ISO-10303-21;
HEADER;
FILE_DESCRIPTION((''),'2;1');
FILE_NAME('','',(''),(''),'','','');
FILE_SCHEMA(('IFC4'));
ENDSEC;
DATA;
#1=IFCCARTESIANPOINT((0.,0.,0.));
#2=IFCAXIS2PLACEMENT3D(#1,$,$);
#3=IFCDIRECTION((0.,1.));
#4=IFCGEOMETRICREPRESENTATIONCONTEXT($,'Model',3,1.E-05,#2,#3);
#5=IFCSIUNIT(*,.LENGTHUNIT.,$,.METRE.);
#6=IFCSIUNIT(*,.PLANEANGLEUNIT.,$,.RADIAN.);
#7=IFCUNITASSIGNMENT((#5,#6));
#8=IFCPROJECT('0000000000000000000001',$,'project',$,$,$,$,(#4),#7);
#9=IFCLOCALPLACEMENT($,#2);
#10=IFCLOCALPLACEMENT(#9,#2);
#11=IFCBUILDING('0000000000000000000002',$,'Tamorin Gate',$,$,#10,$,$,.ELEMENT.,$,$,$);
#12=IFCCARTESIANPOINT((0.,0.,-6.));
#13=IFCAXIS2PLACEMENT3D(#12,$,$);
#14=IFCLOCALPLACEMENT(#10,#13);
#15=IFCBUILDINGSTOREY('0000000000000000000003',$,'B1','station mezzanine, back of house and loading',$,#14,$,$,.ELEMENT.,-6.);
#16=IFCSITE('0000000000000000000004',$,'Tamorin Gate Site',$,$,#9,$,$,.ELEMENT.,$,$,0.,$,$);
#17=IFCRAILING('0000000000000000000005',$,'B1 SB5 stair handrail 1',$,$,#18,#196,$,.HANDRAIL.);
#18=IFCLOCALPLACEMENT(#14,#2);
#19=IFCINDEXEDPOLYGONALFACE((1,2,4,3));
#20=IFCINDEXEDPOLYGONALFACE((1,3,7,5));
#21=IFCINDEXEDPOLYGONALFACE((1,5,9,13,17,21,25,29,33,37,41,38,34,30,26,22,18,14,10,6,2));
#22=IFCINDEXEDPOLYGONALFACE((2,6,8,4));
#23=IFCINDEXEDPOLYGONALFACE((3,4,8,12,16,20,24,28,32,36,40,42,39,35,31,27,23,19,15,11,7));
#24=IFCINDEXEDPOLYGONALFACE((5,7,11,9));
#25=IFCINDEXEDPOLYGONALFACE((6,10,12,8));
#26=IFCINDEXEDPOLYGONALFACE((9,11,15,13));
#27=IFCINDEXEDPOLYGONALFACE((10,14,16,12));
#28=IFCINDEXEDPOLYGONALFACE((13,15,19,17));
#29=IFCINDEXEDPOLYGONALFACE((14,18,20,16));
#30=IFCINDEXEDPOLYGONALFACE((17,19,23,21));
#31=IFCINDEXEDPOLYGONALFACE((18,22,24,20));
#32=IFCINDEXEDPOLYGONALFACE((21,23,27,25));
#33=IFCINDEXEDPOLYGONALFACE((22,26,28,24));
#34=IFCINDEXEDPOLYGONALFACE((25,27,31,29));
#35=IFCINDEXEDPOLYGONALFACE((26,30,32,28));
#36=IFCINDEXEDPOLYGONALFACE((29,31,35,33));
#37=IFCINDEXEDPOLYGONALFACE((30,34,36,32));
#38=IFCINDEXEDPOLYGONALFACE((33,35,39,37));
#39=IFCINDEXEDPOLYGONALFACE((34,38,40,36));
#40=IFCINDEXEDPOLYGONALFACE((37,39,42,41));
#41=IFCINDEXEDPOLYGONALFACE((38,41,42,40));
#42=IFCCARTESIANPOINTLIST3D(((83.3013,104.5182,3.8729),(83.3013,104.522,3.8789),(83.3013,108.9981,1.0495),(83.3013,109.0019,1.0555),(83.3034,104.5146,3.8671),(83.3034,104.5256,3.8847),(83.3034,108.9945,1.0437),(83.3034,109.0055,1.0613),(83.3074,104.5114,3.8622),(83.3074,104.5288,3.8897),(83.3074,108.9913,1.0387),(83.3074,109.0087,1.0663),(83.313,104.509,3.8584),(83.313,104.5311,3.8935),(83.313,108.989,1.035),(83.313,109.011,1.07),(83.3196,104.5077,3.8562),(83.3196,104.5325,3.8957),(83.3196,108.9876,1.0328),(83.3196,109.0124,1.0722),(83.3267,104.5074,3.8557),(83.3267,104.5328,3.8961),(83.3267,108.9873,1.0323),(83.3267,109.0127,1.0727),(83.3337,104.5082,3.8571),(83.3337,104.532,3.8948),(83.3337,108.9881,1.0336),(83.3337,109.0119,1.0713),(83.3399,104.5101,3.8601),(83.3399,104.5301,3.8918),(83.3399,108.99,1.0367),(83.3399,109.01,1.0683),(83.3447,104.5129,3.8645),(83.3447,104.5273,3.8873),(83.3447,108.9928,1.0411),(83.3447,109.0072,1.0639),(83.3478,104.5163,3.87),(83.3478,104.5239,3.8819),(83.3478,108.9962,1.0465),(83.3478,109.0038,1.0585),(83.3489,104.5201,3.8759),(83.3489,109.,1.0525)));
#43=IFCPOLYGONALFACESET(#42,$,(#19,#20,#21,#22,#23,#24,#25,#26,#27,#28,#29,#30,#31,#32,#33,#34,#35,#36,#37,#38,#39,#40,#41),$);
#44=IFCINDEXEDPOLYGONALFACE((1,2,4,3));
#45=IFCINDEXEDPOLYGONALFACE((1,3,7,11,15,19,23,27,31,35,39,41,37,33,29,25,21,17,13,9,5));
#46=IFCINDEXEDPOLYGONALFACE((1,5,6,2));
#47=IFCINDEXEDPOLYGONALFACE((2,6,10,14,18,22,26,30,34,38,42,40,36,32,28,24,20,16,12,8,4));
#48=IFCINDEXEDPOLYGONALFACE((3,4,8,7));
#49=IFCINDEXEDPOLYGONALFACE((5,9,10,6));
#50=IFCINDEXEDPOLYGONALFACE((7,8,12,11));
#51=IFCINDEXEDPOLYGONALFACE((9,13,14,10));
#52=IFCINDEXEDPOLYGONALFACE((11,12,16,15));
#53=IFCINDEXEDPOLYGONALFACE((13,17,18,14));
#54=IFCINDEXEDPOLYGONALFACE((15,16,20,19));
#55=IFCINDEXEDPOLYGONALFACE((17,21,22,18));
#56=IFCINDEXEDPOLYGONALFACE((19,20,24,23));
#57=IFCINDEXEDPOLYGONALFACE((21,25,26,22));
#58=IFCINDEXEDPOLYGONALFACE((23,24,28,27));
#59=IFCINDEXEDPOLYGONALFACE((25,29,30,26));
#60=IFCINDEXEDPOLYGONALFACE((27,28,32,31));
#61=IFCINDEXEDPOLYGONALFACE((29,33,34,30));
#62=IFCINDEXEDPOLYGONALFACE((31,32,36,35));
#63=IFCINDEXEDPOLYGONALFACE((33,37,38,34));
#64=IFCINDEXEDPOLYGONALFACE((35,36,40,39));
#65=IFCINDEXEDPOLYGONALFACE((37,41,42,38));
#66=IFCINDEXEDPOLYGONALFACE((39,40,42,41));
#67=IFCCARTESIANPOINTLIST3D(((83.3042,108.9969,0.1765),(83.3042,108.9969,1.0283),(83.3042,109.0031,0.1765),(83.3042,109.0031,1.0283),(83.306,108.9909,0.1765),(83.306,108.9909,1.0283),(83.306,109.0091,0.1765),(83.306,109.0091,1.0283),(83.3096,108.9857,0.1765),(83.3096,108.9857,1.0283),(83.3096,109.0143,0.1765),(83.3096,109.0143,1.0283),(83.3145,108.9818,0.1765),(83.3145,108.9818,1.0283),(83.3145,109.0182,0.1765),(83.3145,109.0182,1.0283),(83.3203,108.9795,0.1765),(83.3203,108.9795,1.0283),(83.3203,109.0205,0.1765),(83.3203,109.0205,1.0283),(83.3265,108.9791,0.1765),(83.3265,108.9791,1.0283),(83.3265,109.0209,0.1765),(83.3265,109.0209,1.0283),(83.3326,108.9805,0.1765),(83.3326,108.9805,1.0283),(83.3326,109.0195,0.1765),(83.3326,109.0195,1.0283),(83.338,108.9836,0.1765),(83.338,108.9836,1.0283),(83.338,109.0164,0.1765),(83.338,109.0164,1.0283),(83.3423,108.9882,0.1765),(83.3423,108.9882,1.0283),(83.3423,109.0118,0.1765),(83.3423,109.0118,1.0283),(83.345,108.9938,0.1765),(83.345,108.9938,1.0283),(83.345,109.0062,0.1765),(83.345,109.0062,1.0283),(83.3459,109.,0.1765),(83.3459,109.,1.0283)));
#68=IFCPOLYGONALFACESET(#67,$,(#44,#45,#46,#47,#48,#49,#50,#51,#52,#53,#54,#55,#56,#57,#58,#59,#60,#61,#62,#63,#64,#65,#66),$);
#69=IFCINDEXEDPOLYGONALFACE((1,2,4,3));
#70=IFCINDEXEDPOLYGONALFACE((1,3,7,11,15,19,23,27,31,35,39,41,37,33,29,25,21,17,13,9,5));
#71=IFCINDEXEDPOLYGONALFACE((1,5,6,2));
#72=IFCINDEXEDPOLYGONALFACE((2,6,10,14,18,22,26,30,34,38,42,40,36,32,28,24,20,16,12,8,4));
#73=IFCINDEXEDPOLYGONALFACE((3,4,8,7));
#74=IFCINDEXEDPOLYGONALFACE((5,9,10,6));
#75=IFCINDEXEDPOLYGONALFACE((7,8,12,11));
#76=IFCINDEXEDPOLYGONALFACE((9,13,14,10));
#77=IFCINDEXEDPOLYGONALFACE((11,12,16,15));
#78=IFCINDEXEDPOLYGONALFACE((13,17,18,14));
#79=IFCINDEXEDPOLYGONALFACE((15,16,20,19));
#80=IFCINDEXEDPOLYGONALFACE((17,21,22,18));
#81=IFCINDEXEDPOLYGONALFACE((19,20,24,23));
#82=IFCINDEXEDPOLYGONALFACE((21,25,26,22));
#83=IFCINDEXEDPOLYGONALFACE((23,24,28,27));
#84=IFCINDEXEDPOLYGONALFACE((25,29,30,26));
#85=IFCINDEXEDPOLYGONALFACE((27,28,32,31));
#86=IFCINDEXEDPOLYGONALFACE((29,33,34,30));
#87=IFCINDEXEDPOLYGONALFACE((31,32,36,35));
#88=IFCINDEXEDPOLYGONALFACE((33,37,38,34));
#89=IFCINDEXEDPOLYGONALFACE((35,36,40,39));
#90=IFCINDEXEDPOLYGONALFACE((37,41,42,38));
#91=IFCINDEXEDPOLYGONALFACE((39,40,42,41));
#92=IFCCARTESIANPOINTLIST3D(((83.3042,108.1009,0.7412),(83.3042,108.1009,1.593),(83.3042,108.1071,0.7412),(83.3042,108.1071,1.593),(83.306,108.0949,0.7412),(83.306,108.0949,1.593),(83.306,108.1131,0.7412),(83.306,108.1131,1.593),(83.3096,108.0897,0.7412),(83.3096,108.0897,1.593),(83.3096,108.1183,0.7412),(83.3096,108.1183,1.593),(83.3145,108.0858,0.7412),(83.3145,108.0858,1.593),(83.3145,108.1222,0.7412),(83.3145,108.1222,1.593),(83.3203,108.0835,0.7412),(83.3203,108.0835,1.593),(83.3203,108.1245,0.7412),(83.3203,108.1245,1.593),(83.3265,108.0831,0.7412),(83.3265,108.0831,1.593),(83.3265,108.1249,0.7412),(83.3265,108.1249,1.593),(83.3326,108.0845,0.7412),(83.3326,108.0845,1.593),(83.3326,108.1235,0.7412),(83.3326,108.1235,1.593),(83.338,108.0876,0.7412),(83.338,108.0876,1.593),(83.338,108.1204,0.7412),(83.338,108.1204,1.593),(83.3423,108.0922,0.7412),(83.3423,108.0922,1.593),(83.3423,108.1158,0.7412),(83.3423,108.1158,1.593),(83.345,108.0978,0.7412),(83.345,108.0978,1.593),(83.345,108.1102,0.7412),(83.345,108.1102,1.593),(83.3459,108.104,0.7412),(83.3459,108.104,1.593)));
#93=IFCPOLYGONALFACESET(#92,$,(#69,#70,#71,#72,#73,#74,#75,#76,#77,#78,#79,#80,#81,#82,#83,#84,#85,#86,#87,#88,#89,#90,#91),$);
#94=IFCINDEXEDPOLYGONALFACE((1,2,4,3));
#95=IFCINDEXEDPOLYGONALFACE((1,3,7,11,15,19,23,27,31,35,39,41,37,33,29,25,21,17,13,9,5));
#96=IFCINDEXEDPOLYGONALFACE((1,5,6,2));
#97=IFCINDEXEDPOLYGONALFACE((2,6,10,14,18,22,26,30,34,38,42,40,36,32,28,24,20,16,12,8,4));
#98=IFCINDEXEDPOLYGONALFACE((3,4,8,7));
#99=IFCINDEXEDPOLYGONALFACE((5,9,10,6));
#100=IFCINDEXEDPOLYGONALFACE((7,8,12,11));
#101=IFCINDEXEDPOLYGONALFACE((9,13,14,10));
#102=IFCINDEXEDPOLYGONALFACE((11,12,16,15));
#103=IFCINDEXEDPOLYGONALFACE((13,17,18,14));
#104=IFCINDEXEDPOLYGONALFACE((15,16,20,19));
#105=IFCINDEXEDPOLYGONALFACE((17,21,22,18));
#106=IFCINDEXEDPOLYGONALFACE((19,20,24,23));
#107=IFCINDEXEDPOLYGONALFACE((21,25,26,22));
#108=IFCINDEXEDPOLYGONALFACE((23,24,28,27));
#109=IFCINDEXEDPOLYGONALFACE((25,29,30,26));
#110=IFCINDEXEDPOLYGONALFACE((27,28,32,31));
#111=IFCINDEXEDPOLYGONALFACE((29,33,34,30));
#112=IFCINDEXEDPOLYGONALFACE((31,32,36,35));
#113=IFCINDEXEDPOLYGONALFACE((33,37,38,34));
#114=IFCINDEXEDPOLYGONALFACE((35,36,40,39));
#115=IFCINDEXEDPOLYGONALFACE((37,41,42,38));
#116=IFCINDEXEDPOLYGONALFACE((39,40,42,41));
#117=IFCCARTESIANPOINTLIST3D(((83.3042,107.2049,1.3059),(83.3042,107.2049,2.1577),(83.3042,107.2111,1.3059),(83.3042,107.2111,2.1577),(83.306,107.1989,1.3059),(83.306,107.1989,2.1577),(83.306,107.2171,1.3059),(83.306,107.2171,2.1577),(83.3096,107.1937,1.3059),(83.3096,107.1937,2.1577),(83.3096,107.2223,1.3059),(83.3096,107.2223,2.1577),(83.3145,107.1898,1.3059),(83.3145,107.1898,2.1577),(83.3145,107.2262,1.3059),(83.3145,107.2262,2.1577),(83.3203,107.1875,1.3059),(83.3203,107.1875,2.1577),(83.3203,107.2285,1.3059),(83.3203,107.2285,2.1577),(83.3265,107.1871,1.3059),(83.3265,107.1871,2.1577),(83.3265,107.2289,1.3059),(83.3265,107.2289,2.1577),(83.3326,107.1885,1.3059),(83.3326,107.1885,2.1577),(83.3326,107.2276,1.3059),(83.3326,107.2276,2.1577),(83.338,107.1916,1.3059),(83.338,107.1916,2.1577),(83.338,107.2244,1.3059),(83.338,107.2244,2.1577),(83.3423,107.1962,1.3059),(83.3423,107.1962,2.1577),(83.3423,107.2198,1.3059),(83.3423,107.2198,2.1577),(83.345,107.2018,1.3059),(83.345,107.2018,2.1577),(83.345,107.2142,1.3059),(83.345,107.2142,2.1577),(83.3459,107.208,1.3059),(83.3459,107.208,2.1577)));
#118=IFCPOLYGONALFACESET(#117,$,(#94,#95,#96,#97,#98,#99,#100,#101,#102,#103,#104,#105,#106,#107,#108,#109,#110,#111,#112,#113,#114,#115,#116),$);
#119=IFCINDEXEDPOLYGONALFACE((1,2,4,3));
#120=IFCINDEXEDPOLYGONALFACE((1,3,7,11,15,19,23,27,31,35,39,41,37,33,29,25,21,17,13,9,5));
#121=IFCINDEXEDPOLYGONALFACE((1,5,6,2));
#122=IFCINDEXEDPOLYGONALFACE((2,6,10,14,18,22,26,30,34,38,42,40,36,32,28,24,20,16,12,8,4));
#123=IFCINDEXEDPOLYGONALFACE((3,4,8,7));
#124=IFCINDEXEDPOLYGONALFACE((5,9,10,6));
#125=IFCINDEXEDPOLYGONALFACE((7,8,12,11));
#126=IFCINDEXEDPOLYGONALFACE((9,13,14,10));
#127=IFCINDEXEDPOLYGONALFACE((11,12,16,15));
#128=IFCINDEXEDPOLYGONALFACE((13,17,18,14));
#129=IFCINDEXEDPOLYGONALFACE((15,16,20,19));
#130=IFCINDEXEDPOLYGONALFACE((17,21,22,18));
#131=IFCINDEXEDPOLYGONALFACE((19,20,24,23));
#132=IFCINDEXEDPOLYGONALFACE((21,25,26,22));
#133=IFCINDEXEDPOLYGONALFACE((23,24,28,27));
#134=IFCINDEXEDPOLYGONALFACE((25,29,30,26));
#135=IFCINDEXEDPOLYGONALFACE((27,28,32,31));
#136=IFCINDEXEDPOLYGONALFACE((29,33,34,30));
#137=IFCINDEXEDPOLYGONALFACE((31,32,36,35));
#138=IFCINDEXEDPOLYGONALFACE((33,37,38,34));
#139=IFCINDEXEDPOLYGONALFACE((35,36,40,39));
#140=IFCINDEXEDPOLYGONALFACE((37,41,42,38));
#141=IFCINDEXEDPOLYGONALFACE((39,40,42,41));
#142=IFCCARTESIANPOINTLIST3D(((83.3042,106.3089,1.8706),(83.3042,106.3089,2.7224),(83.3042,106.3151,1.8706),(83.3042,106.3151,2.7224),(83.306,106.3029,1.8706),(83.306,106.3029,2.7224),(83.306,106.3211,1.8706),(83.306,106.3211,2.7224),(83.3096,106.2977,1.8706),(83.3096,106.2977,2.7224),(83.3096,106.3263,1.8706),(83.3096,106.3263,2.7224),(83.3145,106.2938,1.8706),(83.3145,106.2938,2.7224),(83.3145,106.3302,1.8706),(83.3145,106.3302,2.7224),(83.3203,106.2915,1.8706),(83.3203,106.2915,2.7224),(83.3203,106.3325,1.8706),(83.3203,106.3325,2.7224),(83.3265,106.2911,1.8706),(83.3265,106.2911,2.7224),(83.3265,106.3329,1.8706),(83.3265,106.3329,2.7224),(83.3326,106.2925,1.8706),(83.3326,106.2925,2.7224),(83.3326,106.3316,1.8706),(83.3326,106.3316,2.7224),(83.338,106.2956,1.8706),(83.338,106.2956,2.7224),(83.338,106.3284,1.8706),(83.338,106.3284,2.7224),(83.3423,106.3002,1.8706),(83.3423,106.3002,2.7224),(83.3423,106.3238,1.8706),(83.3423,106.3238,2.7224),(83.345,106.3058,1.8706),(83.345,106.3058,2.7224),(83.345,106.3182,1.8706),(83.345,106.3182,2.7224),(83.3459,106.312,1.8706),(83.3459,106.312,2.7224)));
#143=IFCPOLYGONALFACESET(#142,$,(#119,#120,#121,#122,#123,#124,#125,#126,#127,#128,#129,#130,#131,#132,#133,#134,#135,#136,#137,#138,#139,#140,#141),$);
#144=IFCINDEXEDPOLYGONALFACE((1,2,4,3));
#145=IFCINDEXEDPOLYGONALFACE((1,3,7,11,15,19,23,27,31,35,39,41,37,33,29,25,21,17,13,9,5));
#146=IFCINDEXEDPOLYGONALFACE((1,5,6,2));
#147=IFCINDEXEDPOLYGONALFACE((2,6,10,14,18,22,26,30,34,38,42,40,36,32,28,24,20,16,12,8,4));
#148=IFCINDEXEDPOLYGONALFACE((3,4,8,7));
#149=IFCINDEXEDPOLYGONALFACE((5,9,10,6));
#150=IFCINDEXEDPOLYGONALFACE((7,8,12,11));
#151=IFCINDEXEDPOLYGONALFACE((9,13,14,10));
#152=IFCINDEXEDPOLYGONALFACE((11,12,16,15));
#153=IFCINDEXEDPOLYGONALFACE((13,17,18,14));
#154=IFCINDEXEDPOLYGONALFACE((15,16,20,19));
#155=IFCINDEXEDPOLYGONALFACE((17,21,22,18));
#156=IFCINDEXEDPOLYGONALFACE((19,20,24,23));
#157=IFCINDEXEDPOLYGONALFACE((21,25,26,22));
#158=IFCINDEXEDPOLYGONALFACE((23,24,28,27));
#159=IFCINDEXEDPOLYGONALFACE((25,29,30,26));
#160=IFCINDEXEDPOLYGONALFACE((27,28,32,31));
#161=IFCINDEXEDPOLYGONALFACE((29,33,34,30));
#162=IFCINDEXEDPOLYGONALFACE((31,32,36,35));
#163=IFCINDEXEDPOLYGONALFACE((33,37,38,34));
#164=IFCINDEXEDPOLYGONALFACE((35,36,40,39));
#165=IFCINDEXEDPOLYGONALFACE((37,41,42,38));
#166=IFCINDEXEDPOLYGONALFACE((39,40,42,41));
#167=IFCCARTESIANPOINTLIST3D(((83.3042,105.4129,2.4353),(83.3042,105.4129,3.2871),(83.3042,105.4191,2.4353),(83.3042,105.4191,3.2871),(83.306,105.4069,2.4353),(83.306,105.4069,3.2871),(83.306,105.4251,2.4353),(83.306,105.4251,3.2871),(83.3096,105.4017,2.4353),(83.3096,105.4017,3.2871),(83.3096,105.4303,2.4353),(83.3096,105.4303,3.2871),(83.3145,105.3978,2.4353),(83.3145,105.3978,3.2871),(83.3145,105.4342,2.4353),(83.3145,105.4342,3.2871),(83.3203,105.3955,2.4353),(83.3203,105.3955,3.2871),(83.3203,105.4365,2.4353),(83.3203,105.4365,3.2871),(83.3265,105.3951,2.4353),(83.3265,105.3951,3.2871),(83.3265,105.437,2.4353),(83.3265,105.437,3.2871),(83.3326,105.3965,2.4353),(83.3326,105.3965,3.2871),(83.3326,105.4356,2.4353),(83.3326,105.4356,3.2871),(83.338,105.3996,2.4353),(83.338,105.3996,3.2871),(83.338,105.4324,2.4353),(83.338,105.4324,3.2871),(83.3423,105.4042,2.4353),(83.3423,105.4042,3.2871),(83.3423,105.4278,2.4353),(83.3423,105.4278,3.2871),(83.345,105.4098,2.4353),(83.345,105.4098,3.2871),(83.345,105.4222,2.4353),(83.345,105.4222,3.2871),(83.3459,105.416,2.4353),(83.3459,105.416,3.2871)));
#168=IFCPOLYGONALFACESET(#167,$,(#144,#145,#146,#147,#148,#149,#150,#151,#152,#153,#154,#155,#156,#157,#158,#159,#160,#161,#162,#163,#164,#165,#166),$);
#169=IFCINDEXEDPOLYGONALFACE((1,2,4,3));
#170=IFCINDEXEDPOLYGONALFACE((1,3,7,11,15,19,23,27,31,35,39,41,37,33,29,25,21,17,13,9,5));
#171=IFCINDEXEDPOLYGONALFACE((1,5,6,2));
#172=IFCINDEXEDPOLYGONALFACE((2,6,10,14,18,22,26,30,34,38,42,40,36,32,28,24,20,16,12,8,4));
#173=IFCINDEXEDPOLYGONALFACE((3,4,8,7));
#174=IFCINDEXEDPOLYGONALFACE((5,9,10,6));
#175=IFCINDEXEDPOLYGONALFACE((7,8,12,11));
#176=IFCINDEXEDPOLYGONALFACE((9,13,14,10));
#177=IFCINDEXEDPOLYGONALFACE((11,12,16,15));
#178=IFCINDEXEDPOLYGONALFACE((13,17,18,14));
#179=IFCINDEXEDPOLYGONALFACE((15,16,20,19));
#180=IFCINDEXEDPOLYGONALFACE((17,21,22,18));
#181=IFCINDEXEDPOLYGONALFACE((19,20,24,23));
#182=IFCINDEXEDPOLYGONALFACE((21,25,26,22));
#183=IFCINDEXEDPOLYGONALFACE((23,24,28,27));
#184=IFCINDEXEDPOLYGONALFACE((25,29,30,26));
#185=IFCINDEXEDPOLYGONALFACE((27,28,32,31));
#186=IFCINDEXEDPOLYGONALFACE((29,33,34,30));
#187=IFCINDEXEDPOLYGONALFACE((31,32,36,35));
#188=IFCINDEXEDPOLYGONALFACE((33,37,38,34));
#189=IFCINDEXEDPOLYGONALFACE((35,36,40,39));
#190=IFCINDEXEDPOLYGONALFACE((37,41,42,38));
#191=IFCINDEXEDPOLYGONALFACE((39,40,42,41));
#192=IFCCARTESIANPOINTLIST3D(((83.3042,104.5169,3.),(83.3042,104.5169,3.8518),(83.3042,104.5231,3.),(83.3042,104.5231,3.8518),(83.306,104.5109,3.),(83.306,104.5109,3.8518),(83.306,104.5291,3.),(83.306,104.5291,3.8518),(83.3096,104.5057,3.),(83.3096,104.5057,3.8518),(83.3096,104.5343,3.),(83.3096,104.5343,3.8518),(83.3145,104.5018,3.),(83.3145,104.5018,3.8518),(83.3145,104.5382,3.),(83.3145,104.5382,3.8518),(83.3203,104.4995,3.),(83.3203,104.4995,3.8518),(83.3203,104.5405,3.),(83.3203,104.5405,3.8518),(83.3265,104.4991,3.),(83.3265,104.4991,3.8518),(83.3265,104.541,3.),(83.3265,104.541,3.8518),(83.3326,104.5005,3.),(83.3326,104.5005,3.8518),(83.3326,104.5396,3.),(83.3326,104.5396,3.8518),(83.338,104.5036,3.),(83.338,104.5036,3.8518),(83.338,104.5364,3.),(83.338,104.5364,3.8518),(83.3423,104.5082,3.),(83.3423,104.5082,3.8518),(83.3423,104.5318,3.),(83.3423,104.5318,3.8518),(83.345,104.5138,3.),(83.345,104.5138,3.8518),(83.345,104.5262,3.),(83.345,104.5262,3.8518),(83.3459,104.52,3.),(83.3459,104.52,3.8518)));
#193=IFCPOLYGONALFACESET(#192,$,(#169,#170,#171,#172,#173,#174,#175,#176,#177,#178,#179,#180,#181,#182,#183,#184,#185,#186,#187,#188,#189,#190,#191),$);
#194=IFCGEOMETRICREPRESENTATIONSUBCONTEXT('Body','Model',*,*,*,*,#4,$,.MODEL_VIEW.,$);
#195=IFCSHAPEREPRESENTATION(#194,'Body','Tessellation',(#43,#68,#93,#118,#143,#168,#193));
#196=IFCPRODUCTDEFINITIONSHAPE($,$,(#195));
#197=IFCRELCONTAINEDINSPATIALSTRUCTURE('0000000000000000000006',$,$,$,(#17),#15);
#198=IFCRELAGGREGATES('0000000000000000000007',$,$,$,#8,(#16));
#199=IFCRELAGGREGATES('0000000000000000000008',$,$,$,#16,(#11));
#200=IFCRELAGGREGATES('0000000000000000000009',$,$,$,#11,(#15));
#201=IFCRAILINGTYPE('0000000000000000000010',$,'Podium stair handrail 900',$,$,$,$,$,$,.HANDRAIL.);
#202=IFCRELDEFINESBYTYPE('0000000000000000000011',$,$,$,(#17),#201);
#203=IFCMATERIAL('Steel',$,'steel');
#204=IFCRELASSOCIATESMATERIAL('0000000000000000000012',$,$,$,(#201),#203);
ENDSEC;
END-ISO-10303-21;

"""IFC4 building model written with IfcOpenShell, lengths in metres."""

from ifc_helpers import new_model, si_unit, direction, frame, origin, origin_2d, place, context, subcontext, project, spatial, circle, extrude, material, type_object, element, save


model = new_model("IFC4")

# Units and contexts
model_context = context("Model", 3, precision=1e-05, world=origin(), true_north=direction((0.0, 1.0)))
body_context = subcontext(model_context, "Body", "Model", "MODEL_VIEW")
ifc_project = project(units=[si_unit("LENGTHUNIT", "METRE"), si_unit("PLANEANGLEUNIT", "RADIAN")], contexts=[model_context])

# Site, building, storey
site_placement = place(None, origin())
site = spatial("IfcSite", under=ifc_project, at=site_placement, Name="Tamorin Gate Site", CompositionType="ELEMENT", RefElevation=0.0)
building_placement = place(site_placement, origin())
building = spatial("IfcBuilding", under=site, at=building_placement, Name="Tamorin Gate", CompositionType="ELEMENT")
storey_placement = place(building_placement, frame((0.0, 0.0, -6.0)))
storey = spatial("IfcBuildingStorey", under=building, at=storey_placement, Name="B1", Description="station mezzanine, back of house and loading", CompositionType="ELEMENT", Elevation=-6.0)

# Railing
ifc_material_1 = material(Name="Steel", Category="steel")
railing_type_1 = type_object("IfcRailingType", Name="Podium stair handrail 900", PredefinedType="HANDRAIL", material=ifc_material_1)
railing_1_placement = place(storey_placement, frame((83.325, 109.0, 0.1765)))
element("IfcRailing", 1, at=railing_1_placement, inside=storey, type_object=railing_type_1, Name="B1 SB5 stair handrail 1", PredefinedType="HANDRAIL", context=body_context, shape_type="SweptSolid", body=[
    extrude(circle(Radius=0.0239, at=origin_2d()), frame((0.0, 0.0, 0.876), z_axis=(0.0, -0.845998, 0.533186), x_axis=(1.0, 0.0, 0.0)), (0.0, 0.0, 1.0), 5.2954),
    extrude(circle(Radius=0.021, at=origin_2d()), origin(), (0.0, 0.0, 1.0), 0.8518),
    extrude(circle(Radius=0.021, at=origin_2d()), frame((0.0, -0.896, 0.5647)), (0.0, 0.0, 1.0), 0.8518),
    extrude(circle(Radius=0.021, at=origin_2d()), frame((0.0, -1.792, 1.1294)), (0.0, 0.0, 1.0), 0.8518),
    extrude(circle(Radius=0.021, at=origin_2d()), frame((0.0, -2.688, 1.6941)), (0.0, 0.0, 1.0), 0.8518),
    extrude(circle(Radius=0.021, at=origin_2d()), frame((0.0, -3.584, 2.2588)), (0.0, 0.0, 1.0), 0.8518),
    extrude(circle(Radius=0.021, at=origin_2d()), frame((0.0, -4.48, 2.8235)), (0.0, 0.0, 1.0), 0.8518),
])

save(model, "model.ifc")
